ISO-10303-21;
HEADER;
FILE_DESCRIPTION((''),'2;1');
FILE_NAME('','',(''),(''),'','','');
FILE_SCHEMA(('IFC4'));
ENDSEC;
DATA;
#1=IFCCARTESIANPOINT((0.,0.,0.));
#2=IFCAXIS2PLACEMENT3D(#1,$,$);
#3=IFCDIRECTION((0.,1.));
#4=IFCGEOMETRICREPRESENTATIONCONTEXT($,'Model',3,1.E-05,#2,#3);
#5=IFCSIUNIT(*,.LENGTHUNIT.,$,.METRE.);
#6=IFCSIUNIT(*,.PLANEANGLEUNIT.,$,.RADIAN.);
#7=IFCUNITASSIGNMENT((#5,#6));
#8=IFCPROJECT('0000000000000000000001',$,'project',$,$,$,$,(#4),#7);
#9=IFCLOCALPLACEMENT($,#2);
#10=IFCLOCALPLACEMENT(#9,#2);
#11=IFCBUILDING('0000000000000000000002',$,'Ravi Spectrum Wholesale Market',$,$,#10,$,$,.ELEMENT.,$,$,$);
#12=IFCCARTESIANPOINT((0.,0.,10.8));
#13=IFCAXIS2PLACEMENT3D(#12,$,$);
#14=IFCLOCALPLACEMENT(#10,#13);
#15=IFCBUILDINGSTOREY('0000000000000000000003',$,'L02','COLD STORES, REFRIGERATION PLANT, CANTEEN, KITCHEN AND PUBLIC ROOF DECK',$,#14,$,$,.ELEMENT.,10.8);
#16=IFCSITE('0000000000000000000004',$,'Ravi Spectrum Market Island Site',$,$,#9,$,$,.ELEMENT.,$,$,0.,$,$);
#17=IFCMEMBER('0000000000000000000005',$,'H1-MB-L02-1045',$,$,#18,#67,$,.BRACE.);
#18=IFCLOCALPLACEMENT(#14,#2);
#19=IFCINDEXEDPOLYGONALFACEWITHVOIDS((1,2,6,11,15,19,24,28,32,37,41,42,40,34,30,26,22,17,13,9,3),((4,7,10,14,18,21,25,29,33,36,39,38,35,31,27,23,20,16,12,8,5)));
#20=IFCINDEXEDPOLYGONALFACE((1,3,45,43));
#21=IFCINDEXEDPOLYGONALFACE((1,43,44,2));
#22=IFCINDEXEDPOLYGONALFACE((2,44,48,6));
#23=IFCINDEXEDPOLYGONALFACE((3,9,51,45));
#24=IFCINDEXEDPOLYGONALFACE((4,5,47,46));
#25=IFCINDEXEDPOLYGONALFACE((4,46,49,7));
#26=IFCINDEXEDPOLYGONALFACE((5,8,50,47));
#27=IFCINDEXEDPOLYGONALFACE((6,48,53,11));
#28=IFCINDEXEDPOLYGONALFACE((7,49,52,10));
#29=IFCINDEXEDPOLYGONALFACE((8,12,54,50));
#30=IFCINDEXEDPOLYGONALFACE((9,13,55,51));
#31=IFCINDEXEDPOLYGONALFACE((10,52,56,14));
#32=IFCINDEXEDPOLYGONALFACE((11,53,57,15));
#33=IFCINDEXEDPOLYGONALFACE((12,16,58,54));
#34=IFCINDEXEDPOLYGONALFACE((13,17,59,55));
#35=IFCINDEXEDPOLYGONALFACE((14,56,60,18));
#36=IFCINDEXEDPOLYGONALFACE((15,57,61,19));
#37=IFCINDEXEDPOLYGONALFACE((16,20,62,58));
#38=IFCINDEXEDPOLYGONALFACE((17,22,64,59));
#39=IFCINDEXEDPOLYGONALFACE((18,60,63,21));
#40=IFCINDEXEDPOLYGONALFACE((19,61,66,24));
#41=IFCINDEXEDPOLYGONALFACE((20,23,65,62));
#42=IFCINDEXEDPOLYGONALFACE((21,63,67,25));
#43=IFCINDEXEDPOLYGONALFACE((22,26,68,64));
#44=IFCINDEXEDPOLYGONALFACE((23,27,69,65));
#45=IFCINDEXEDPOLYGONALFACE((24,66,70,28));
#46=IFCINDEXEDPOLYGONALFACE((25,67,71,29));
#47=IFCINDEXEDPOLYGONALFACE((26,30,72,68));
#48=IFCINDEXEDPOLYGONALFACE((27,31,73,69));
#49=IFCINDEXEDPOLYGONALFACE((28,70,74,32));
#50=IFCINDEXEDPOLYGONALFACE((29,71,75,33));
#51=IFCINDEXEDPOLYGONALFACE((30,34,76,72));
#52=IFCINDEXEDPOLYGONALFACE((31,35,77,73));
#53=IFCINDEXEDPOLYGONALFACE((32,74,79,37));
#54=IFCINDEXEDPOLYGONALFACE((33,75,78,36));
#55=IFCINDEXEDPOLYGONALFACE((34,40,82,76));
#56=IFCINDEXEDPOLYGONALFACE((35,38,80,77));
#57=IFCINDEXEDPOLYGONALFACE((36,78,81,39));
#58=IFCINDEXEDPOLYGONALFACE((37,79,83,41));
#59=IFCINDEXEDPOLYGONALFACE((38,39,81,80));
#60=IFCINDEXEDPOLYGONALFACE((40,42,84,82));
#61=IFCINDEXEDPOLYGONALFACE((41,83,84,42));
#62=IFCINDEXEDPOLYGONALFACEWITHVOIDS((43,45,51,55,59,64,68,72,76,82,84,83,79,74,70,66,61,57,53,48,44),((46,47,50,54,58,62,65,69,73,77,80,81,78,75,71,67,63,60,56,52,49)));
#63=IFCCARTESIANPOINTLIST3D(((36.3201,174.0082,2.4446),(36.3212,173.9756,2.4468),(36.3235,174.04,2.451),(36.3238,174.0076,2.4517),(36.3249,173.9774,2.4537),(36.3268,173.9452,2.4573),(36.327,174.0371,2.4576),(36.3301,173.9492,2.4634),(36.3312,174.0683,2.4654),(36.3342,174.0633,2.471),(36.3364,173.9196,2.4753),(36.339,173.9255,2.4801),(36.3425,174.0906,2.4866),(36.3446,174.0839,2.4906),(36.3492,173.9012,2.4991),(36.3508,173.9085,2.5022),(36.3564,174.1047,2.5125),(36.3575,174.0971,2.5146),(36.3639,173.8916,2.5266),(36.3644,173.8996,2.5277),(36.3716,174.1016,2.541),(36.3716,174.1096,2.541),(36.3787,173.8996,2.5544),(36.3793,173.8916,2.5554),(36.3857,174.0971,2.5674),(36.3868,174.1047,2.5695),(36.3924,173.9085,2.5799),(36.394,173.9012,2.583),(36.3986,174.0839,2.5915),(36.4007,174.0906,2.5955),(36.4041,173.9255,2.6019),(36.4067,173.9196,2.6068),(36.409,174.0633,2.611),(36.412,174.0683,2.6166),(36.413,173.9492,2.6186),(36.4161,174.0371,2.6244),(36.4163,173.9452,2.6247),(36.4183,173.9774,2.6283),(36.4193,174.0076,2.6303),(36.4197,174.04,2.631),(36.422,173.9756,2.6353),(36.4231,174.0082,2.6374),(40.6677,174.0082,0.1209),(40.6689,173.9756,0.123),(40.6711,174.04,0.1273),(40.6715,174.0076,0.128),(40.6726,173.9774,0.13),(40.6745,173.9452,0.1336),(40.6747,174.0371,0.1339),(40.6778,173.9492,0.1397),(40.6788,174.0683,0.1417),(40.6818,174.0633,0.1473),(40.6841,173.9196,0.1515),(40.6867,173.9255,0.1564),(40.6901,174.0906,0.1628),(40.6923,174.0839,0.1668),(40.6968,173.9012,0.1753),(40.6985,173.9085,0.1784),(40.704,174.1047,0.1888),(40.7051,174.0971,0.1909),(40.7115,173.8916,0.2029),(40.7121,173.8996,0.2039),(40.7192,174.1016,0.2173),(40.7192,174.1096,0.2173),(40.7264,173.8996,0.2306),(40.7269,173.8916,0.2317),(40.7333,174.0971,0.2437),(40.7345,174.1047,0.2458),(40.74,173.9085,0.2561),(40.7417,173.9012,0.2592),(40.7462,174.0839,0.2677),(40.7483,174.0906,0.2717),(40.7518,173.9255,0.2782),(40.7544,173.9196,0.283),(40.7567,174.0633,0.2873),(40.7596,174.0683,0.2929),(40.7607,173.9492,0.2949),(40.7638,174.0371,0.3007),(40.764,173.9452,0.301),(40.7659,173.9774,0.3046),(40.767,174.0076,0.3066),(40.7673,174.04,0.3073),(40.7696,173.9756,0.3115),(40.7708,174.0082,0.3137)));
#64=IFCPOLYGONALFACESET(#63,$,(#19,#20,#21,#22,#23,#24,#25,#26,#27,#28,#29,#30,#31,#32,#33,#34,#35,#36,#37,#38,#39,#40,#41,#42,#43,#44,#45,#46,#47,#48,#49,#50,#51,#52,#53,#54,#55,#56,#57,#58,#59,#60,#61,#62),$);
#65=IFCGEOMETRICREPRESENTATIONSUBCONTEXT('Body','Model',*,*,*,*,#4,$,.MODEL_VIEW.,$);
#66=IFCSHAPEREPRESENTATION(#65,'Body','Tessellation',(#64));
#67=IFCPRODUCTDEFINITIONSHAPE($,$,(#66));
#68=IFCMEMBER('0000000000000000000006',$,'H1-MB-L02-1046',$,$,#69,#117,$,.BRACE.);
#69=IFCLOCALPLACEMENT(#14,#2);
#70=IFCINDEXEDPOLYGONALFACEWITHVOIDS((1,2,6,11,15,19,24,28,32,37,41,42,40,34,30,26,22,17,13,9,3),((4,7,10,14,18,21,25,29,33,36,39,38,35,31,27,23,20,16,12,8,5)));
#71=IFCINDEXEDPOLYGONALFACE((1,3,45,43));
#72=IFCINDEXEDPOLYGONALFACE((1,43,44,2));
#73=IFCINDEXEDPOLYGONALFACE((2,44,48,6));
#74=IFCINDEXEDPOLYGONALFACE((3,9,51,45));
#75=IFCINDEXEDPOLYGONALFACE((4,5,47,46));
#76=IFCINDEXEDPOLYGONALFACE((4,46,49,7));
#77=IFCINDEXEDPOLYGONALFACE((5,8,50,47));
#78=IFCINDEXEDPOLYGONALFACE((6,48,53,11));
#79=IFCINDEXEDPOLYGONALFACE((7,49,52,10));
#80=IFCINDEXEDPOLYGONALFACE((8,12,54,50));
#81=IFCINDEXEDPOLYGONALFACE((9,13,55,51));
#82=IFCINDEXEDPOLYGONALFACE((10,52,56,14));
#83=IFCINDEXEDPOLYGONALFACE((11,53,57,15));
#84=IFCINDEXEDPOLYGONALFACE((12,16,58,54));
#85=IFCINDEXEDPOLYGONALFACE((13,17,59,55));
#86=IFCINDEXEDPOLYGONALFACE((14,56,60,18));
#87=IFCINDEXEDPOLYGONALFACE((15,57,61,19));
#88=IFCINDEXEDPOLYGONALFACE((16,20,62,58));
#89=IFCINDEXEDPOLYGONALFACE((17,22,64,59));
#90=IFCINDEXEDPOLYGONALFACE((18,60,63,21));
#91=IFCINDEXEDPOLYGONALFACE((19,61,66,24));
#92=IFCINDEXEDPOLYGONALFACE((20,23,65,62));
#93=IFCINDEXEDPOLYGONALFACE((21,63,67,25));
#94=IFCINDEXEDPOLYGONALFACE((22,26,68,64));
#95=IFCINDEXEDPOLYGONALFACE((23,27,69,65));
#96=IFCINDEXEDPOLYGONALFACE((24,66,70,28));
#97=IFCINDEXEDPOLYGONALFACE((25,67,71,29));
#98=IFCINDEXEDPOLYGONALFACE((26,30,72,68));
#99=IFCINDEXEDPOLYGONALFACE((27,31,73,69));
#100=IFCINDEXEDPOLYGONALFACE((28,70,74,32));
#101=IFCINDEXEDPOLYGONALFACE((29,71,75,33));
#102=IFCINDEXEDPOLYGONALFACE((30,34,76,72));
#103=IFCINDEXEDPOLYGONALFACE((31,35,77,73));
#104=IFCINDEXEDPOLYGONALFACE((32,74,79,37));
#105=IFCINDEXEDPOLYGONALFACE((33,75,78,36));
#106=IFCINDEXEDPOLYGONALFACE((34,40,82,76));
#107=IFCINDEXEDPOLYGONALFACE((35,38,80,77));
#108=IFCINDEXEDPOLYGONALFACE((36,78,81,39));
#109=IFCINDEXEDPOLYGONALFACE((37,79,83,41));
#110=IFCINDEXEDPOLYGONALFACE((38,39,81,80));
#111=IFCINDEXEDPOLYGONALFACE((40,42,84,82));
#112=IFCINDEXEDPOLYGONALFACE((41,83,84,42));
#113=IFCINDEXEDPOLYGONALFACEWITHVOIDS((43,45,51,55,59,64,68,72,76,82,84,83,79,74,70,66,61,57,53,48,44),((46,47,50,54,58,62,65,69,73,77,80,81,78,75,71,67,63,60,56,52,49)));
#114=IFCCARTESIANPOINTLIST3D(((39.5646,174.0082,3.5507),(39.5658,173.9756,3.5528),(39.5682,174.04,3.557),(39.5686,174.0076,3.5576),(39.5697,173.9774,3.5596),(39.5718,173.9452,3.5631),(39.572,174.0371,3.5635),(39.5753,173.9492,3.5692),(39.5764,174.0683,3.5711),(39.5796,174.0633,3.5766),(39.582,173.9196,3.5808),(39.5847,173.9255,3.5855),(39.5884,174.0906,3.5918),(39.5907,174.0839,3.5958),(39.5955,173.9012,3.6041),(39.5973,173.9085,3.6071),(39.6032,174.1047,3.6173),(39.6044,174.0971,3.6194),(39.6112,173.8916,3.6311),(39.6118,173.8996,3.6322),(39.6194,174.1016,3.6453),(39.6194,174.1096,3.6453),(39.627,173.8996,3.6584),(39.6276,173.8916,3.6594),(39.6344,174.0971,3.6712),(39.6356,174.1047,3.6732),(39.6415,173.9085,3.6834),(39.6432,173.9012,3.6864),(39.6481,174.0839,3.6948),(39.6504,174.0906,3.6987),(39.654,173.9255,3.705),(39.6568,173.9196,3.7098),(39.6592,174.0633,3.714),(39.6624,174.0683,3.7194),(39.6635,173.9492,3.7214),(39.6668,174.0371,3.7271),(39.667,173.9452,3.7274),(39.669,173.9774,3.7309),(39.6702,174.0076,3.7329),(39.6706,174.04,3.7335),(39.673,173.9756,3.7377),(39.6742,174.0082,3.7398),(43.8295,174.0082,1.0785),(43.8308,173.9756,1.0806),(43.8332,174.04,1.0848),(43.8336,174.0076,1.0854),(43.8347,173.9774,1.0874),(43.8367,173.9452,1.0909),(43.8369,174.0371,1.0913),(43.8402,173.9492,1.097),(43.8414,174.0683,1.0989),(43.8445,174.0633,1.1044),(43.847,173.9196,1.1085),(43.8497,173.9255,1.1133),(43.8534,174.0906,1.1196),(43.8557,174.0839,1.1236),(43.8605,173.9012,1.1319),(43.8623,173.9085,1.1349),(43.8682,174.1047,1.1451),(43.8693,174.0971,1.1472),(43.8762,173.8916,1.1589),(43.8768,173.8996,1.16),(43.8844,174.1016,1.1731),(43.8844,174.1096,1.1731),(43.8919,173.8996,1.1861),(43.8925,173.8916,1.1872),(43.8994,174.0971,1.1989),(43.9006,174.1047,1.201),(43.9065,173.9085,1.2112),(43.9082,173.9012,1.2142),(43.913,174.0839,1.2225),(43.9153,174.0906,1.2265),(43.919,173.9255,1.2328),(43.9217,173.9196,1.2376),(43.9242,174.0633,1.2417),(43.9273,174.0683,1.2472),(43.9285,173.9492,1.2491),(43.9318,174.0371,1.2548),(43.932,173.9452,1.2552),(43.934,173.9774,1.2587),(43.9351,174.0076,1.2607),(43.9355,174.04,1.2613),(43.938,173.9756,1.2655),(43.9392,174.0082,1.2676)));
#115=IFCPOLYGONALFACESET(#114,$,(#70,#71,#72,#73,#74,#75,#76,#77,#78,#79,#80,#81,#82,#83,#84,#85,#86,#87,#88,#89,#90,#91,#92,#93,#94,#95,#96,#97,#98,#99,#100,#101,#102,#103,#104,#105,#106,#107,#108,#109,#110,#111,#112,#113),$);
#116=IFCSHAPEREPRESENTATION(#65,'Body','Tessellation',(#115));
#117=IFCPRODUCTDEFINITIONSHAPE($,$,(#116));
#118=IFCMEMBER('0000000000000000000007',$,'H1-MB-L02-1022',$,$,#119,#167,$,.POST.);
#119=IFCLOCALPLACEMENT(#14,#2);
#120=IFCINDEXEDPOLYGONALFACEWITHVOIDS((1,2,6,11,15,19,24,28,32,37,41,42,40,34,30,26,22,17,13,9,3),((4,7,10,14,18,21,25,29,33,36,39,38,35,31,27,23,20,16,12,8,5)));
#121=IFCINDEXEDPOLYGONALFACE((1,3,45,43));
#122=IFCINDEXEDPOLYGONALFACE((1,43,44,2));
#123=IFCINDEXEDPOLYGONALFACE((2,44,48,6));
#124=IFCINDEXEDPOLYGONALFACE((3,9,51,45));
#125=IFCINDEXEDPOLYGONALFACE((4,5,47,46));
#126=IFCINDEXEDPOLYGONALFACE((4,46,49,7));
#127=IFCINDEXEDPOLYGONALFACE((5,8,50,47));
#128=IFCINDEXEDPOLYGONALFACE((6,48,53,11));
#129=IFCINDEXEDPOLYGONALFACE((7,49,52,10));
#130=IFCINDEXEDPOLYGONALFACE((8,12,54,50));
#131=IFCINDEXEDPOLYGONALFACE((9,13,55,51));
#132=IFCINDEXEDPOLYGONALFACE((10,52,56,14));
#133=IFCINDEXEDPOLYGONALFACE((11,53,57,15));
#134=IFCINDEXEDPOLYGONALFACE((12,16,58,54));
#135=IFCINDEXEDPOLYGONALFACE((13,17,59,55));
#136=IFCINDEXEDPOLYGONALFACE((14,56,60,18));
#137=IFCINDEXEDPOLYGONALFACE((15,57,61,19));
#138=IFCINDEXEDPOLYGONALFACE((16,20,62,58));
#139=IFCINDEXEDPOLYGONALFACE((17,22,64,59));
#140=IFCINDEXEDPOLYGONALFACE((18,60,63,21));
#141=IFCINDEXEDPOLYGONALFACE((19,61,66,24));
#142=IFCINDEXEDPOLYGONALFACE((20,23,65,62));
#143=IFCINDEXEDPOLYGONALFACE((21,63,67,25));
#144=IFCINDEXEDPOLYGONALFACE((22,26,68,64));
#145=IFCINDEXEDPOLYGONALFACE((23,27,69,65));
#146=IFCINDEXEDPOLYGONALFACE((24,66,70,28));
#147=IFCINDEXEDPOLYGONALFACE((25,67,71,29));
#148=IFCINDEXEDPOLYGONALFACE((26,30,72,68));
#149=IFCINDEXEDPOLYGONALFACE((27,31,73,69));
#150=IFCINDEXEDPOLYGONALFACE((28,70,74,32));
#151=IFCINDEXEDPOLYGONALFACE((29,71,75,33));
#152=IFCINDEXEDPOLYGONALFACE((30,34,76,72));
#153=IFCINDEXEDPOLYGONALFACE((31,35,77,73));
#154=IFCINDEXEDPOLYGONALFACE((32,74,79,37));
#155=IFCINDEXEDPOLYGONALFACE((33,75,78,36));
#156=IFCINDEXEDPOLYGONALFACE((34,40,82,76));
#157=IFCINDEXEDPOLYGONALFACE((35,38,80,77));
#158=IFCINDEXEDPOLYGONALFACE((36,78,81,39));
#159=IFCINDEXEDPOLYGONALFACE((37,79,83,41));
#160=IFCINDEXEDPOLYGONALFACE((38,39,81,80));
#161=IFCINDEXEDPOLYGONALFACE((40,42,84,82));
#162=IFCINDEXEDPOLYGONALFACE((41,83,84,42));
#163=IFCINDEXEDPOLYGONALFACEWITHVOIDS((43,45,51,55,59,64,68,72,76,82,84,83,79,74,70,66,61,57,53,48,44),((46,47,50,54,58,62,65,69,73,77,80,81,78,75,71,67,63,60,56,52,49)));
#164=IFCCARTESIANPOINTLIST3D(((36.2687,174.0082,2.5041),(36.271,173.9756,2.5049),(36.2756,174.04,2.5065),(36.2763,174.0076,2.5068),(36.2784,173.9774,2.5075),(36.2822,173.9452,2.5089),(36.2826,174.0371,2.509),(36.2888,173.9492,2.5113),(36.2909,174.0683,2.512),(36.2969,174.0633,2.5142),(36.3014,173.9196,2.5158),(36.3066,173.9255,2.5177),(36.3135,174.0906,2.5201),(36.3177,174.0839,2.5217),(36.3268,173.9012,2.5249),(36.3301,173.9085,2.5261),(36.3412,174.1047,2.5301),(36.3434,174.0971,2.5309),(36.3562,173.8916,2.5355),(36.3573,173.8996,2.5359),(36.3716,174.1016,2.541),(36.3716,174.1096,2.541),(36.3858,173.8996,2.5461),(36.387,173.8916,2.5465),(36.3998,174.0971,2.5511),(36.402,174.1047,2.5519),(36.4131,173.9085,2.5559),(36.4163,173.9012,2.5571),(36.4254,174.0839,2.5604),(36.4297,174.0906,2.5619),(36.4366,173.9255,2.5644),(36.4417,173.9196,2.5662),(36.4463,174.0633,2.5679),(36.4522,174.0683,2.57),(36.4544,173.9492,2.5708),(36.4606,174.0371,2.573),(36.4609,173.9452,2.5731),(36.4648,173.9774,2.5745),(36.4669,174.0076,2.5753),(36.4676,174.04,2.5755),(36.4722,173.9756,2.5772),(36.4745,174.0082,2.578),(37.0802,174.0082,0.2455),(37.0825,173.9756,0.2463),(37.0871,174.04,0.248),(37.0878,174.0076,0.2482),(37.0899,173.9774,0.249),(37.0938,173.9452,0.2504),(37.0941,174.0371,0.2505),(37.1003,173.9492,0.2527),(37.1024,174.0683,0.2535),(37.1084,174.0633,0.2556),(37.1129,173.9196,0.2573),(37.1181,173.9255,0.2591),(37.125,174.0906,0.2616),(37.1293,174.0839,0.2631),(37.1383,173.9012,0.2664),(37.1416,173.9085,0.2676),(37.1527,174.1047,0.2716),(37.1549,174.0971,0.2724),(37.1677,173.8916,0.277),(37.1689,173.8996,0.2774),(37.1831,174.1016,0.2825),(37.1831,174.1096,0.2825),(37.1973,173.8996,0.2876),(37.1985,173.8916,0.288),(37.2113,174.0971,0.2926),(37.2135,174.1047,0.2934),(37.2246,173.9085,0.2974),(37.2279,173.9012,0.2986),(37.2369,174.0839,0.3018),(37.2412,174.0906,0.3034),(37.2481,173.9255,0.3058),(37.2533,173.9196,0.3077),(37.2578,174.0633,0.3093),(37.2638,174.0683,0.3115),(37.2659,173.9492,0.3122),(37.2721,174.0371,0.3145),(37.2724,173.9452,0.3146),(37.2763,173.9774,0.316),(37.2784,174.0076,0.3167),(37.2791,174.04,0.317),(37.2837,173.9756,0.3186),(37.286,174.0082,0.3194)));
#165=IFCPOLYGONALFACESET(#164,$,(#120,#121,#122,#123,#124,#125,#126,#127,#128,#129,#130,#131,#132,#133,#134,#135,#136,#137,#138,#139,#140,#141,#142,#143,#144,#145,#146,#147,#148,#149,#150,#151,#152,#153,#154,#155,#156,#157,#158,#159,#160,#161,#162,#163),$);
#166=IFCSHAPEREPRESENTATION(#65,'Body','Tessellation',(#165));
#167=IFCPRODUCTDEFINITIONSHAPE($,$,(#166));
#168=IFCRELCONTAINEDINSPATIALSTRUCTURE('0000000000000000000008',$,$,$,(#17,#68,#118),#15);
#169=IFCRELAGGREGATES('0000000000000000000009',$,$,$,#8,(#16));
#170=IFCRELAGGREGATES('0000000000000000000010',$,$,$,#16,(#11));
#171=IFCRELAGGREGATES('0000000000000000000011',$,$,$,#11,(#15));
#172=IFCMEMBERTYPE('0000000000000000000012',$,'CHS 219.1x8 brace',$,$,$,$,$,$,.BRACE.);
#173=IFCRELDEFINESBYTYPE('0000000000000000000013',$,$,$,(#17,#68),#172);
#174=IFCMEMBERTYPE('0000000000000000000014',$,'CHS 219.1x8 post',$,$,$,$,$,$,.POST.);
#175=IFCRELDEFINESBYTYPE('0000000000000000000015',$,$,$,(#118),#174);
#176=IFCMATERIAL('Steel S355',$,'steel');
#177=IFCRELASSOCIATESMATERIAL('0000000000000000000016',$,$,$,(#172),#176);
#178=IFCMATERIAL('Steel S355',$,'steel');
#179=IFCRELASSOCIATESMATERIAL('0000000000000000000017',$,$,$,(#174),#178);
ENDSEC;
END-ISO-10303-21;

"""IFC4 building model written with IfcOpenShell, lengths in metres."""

from ifc_helpers import new_model, si_unit, direction, frame, origin, origin_2d, place, context, subcontext, project, spatial, hollow_circle, extrude, material, material_profile, profile_set, type_object, element, save


model = new_model("IFC4")

# Units and contexts
model_context = context("Model", 3, precision=1e-05, world=origin(), true_north=direction((0.0, 1.0)))
body_context = subcontext(model_context, "Body", "Model", "MODEL_VIEW")
ifc_project = project(units=[si_unit("LENGTHUNIT", "METRE"), si_unit("PLANEANGLEUNIT", "RADIAN")], contexts=[model_context])

# Site, building, storey
site_placement = place(None, origin())
site = spatial("IfcSite", under=ifc_project, at=site_placement, Name="Ravi Spectrum Market Island Site", CompositionType="ELEMENT", RefElevation=0.0)
building_placement = place(site_placement, origin())
building = spatial("IfcBuilding", under=site, at=building_placement, Name="Ravi Spectrum Wholesale Market", CompositionType="ELEMENT")
storey_placement = place(building_placement, frame((0.0, 0.0, 10.8)))
storey = spatial("IfcBuildingStorey", under=building, at=storey_placement, Name="L02", Description="COLD STORES, REFRIGERATION PLANT, CANTEEN, KITCHEN AND PUBLIC ROOF DECK", CompositionType="ELEMENT", Elevation=10.8)

# Members
ifc_material_1 = material(Name="Steel S355", Category="steel")
ifc_material_profile_1 = material_profile(ifc_material_1, hollow_circle(Radius=0.1096, WallThickness=0.0081, at=origin_2d()))
ifc_profile_set_1 = profile_set([ifc_material_profile_1], Name="Steel S355")
member_type_1 = type_object("IfcMemberType", Name="CHS 219.1x8 brace", PredefinedType="BRACE", material=ifc_profile_set_1)
for number, where, z_axis, x_axis, name in (
    (1, (36.3716, 174.0, 2.541), (0.881933, 0.0, -0.471375), (0.0, 1.0, 0.0), "H1-MB-L02-1045"),
    (2, (39.6194, 174.0, 3.6453), (0.865161, 0.0, -0.501495), (0.0, 1.0, 0.0), "H1-MB-L02-1046"),
):
    element("IfcMember", number, at=place(storey_placement, frame(where, z_axis=z_axis, x_axis=x_axis)), inside=storey, type_object=member_type_1, Name=name, PredefinedType="BRACE", context=body_context, shape_type="SweptSolid", body=[
        extrude(hollow_circle(Radius=0.1096, WallThickness=0.0081, at=origin_2d()), origin(), (0.0, 0.0, 1.0), 4.9297),
    ])
ifc_material_2 = material(Name="Steel S355", Category="steel")
ifc_material_profile_2 = material_profile(ifc_material_2, hollow_circle(Radius=0.1096, WallThickness=0.0081, at=origin_2d()))
ifc_profile_set_2 = profile_set([ifc_material_profile_2], Name="Steel S355")
member_type_2 = type_object("IfcMemberType", Name="CHS 219.1x8 post", PredefinedType="POST", material=ifc_profile_set_2)
member_1_placement = place(storey_placement, frame((36.3716, 174.0, 2.541), z_axis=(0.338147, 0.0, -0.941093), x_axis=(0.0, 1.0, 0.0)))
element("IfcMember", 3, at=member_1_placement, inside=storey, type_object=member_type_2, Name="H1-MB-L02-1022", PredefinedType="POST", context=body_context, shape_type="SweptSolid", body=[
    extrude(hollow_circle(Radius=0.1096, WallThickness=0.0081, at=origin_2d()), origin(), (0.0, 0.0, 1.0), 2.3999),
])

save(model, "model.ifc")
